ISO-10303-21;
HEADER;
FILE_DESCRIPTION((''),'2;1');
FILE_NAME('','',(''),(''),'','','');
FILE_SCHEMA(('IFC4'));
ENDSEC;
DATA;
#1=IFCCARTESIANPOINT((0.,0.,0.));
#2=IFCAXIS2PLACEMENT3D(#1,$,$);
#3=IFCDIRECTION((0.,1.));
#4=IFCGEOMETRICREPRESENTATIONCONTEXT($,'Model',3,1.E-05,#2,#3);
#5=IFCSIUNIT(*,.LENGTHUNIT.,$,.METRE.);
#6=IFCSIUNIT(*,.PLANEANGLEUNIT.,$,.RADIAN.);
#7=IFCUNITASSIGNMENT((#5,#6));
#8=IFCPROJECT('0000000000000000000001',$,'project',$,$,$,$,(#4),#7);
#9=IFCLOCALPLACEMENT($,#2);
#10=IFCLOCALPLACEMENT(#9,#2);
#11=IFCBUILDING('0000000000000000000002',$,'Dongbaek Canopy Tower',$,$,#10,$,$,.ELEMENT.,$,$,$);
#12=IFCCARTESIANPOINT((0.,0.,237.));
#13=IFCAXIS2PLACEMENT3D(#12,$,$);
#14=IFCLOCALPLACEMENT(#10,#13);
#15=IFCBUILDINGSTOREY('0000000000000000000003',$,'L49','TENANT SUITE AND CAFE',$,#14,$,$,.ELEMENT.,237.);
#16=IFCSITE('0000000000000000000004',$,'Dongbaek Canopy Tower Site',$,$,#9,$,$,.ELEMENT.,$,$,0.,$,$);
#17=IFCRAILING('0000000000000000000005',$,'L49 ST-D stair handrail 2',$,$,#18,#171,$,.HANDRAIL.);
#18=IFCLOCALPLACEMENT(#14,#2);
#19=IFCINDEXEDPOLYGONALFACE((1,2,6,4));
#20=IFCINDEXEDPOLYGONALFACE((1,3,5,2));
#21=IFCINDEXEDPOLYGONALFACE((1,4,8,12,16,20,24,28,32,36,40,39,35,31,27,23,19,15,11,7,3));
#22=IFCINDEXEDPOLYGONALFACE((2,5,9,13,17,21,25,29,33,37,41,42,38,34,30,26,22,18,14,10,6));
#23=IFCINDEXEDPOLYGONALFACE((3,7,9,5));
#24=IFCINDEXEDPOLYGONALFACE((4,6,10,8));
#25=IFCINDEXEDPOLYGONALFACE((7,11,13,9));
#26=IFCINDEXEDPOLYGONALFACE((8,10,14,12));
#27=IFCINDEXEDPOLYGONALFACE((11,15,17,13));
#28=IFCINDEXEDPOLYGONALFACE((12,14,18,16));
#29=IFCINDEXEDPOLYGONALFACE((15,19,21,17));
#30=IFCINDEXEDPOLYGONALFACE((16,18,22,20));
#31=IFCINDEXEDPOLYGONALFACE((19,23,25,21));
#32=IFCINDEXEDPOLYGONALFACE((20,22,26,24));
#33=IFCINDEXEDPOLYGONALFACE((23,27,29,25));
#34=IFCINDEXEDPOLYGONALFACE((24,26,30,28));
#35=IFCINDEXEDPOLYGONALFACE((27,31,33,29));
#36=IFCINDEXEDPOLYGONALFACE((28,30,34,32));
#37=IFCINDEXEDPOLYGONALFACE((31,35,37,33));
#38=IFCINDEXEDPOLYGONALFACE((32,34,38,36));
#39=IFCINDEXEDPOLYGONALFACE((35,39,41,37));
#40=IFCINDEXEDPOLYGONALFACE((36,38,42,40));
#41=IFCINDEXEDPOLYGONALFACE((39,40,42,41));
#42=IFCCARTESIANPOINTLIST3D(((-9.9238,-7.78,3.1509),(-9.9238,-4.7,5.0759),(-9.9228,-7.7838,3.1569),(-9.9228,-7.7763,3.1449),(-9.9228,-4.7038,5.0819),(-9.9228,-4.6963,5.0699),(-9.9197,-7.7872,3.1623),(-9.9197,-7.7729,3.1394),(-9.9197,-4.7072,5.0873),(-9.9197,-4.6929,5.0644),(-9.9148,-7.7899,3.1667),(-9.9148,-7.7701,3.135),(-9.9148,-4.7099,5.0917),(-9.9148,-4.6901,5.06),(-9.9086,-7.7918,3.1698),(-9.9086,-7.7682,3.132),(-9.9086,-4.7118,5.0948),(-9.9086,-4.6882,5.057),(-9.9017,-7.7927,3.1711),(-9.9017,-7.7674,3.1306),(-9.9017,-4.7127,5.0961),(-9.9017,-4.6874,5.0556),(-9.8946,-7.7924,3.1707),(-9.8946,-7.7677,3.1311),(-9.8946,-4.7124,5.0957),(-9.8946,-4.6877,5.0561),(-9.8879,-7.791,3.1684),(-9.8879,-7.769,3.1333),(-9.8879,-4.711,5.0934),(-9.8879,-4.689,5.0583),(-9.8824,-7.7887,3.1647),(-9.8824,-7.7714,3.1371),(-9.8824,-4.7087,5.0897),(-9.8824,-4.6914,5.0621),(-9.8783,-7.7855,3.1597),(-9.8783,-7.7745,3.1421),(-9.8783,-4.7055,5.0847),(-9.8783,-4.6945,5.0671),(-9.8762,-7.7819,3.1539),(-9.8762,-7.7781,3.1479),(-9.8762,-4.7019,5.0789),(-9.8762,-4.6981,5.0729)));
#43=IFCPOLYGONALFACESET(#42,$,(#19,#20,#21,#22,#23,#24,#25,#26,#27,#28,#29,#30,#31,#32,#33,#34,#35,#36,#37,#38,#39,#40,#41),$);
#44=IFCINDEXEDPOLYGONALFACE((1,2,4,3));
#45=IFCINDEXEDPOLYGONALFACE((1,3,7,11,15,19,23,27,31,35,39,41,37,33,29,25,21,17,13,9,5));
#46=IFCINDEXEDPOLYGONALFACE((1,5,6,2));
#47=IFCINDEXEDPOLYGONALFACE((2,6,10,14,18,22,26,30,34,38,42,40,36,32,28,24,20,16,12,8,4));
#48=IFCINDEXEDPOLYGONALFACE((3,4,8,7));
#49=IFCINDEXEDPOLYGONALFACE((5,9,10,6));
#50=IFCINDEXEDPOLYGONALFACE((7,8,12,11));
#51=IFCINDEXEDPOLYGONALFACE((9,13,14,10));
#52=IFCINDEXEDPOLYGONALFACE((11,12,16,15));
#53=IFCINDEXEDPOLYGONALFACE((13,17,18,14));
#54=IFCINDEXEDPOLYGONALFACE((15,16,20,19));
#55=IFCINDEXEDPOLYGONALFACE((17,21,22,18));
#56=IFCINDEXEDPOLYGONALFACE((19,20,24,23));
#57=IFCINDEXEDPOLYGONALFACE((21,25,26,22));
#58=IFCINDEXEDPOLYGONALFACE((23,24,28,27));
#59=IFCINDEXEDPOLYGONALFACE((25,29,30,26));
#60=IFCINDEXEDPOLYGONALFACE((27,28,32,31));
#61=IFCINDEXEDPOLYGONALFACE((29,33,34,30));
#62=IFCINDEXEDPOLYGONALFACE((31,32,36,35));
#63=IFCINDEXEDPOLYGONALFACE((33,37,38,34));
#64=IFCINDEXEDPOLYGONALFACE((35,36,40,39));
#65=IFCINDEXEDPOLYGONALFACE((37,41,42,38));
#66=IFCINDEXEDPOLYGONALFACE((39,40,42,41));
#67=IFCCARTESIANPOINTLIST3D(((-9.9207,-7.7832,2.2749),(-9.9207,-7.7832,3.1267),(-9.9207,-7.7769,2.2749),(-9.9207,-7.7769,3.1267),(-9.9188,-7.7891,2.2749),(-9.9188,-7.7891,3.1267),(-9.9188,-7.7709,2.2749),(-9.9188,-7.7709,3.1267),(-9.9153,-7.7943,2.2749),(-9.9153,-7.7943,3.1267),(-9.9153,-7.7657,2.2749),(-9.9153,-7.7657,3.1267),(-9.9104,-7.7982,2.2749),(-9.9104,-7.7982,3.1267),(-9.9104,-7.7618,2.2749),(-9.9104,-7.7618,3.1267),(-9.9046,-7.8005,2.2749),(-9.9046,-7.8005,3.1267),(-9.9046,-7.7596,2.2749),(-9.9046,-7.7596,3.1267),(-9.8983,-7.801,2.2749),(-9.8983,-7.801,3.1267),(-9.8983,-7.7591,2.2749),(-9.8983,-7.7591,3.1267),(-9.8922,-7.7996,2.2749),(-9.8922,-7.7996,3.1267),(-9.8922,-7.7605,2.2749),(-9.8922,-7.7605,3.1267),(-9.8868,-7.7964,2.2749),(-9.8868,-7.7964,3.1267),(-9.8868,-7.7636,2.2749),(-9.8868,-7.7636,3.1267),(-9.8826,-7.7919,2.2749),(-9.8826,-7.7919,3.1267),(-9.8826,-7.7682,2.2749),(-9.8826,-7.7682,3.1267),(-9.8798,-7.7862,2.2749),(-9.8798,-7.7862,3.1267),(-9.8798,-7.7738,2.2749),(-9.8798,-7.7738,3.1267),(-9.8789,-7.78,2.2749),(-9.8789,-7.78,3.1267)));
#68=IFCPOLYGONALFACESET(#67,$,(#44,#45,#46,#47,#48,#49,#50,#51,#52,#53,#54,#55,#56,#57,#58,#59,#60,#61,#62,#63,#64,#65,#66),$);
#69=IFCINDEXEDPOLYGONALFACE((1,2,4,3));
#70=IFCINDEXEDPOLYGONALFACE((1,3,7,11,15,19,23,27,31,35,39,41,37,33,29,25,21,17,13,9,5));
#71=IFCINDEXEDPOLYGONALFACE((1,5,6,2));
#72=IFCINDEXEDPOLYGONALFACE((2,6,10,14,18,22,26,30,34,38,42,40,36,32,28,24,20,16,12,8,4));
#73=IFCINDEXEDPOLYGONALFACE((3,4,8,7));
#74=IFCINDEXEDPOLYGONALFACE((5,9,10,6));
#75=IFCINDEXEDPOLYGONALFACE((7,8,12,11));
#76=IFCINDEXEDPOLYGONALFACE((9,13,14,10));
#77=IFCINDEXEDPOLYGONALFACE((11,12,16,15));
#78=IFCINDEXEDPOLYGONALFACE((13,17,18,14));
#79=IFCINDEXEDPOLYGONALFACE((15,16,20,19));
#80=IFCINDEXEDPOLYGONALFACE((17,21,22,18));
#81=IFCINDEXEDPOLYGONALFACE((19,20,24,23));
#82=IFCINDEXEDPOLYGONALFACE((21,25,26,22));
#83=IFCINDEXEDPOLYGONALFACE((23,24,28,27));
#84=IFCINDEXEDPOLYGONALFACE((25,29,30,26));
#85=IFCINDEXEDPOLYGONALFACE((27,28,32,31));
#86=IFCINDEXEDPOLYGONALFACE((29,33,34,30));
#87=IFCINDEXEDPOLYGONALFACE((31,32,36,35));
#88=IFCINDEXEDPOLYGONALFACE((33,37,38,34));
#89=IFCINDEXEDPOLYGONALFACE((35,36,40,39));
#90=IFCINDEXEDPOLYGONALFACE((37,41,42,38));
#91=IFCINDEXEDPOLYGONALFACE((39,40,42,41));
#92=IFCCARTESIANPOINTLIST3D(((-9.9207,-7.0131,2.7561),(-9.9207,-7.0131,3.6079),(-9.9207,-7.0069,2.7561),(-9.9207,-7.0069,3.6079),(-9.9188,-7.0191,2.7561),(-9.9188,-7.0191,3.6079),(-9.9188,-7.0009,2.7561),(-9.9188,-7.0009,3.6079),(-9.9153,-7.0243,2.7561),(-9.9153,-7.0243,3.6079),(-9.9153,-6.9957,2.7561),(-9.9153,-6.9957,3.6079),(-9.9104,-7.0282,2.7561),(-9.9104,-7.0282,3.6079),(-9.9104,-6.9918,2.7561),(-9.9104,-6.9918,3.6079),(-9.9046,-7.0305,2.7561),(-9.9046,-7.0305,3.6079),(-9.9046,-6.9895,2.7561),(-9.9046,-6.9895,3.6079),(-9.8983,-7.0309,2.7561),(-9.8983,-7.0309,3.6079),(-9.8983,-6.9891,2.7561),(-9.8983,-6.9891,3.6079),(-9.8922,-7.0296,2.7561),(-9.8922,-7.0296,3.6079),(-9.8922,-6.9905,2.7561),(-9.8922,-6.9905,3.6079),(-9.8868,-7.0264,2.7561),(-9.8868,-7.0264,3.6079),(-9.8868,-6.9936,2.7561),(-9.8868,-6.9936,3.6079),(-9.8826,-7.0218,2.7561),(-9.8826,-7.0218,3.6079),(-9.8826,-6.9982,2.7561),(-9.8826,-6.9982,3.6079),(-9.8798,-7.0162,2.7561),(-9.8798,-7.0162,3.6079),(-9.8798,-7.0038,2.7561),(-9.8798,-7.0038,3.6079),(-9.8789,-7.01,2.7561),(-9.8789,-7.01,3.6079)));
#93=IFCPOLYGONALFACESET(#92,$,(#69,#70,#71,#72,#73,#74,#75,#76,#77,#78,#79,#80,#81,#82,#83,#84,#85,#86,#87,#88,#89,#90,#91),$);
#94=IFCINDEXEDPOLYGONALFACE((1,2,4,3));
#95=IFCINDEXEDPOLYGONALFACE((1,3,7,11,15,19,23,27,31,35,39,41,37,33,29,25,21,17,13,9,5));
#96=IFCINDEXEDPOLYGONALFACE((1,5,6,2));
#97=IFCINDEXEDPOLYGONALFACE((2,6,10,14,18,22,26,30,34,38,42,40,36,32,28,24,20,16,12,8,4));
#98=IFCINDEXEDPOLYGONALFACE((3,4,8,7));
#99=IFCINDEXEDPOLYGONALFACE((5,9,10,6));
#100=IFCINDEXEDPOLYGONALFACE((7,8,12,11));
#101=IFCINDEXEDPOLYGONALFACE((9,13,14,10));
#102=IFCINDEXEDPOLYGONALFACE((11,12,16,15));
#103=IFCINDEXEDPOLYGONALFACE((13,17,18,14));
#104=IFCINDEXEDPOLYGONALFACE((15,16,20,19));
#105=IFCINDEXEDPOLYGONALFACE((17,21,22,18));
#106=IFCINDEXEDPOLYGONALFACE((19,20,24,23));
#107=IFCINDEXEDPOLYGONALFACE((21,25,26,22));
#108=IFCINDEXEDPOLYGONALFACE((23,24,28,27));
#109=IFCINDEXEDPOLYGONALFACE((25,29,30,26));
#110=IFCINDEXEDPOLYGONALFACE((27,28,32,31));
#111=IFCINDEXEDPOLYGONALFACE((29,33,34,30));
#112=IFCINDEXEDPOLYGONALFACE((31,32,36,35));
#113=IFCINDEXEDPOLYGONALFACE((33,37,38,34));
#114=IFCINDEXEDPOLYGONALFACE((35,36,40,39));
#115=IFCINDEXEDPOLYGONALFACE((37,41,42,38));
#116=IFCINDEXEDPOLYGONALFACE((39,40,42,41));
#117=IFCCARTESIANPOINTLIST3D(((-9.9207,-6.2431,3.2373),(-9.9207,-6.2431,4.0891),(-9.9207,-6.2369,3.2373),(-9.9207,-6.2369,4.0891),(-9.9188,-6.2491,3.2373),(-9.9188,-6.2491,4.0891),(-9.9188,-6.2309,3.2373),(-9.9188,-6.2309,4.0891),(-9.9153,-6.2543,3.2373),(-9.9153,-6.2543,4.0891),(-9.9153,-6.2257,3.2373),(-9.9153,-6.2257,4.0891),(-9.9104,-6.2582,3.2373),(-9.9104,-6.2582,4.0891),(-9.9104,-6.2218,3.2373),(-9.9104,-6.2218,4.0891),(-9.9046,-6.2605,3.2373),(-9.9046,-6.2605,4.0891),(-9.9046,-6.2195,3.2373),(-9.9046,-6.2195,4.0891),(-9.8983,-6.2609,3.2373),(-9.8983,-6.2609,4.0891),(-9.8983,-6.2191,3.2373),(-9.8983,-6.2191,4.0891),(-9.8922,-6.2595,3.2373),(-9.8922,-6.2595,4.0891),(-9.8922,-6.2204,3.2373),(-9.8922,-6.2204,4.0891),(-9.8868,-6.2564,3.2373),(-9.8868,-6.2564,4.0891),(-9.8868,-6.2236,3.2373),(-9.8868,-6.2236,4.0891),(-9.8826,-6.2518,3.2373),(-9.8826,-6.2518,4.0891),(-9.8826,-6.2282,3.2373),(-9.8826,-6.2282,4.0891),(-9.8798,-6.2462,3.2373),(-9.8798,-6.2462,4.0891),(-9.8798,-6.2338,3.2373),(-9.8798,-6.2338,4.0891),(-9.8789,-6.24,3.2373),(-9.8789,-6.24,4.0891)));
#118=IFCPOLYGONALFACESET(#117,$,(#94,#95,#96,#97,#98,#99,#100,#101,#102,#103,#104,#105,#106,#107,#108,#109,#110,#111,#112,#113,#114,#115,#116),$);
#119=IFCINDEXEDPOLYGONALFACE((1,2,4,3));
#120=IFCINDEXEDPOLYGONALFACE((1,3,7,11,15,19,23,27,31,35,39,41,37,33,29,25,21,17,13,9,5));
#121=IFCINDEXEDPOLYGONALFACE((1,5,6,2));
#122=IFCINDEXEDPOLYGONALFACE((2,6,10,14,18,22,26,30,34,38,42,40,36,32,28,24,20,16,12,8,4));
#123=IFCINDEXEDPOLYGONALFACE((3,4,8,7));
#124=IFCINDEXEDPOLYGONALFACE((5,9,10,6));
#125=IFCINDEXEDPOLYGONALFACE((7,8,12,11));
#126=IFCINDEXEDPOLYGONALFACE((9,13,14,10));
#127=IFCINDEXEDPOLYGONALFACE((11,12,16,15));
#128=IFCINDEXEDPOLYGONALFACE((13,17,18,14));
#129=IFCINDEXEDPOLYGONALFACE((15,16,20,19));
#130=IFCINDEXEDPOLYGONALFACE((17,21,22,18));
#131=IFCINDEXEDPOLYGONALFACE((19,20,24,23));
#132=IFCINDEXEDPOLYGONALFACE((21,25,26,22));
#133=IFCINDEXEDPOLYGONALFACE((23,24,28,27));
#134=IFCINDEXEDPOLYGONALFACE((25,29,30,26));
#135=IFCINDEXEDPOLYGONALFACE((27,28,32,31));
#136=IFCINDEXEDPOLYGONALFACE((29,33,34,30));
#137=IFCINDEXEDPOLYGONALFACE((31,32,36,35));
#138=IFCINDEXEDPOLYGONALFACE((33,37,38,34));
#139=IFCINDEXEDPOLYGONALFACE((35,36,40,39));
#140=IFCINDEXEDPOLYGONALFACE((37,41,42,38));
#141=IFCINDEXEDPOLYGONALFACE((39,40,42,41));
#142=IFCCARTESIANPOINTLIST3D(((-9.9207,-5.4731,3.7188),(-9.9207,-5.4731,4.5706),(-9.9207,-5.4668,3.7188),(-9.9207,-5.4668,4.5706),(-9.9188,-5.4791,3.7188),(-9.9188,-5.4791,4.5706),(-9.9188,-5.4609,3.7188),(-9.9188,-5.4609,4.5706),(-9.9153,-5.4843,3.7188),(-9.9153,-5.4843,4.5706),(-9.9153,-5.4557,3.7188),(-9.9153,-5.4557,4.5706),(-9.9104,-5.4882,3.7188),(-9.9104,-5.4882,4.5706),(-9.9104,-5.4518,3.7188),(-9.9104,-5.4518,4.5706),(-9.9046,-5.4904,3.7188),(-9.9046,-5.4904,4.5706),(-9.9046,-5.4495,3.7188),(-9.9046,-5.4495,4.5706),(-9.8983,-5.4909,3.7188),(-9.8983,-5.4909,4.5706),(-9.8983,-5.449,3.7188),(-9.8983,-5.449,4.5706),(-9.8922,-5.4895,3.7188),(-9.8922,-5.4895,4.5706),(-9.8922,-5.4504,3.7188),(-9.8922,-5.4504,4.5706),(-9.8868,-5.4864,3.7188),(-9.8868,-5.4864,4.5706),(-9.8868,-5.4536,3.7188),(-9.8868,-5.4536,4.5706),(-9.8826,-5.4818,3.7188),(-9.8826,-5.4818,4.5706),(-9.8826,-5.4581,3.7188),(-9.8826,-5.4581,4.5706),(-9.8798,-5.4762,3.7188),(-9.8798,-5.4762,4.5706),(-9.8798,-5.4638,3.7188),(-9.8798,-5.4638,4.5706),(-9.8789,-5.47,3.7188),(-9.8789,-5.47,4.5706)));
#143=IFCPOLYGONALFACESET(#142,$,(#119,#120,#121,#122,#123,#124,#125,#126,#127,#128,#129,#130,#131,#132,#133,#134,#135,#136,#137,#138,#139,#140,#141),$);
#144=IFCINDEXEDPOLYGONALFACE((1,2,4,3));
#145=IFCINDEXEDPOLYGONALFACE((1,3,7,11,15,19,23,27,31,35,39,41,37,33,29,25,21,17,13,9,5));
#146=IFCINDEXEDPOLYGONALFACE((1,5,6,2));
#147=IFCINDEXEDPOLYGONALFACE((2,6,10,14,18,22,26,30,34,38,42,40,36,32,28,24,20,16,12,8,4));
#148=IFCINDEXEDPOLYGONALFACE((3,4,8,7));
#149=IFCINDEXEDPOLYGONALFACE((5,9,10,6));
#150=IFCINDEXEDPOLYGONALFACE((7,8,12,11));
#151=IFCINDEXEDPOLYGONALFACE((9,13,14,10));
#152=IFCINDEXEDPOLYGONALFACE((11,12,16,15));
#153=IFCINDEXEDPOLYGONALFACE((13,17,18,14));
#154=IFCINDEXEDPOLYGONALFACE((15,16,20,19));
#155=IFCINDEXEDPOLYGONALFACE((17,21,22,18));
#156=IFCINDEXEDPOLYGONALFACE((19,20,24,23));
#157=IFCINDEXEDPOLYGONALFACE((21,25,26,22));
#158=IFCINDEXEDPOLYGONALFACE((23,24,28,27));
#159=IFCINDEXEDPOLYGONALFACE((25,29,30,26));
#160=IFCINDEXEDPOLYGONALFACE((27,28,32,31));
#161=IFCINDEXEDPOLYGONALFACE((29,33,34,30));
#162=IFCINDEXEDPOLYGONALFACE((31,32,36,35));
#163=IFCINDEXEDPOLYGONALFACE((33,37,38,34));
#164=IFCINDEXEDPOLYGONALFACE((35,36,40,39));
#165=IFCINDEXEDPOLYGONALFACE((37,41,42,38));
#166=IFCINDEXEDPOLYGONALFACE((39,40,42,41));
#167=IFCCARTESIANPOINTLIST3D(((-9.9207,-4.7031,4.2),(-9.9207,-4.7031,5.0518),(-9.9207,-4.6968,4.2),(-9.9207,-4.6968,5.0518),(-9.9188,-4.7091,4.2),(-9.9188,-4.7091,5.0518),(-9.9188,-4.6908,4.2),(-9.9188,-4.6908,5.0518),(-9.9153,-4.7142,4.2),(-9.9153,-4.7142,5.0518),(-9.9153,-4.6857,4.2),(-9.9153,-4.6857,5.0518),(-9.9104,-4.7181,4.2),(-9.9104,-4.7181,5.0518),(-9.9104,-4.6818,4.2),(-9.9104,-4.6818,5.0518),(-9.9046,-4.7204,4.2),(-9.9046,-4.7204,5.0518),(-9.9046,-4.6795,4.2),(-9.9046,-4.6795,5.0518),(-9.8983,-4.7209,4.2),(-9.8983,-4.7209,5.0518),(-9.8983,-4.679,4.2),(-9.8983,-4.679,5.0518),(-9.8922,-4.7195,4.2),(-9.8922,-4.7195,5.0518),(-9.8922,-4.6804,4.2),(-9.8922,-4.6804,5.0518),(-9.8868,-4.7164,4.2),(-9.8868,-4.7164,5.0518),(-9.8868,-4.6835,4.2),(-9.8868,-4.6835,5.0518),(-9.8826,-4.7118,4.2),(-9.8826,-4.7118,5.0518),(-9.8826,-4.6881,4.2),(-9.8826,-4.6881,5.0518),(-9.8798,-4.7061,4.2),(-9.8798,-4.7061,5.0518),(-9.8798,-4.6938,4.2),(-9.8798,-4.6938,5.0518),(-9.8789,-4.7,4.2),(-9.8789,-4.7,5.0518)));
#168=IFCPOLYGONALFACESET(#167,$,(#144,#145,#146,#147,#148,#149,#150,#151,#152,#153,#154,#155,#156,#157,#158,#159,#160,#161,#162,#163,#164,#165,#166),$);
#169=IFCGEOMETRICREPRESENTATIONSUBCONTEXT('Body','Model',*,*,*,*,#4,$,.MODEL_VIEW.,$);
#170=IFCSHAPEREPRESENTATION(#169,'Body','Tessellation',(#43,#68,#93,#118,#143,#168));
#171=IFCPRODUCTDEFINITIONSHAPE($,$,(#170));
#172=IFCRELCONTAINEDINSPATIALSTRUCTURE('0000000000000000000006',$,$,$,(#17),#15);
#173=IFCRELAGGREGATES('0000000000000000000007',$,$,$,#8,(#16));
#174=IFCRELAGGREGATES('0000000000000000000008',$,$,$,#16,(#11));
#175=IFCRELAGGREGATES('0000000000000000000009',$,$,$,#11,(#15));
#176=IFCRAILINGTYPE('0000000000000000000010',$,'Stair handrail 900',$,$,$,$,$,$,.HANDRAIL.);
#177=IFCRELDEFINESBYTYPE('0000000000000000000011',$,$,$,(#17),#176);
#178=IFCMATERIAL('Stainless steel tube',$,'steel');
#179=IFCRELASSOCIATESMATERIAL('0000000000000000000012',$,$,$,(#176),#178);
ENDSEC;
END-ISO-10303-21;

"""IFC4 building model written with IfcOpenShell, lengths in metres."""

from ifc_helpers import new_model, si_unit, direction, frame, origin, origin_2d, place, context, subcontext, project, spatial, circle, extrude, material, type_object, element, save


model = new_model("IFC4")

# Units and contexts
model_context = context("Model", 3, precision=1e-05, world=origin(), true_north=direction((0.0, 1.0)))
body_context = subcontext(model_context, "Body", "Model", "MODEL_VIEW")
ifc_project = project(units=[si_unit("LENGTHUNIT", "METRE"), si_unit("PLANEANGLEUNIT", "RADIAN")], contexts=[model_context])

# Site, building, storey
site_placement = place(None, origin())
site = spatial("IfcSite", under=ifc_project, at=site_placement, Name="Dongbaek Canopy Tower Site", CompositionType="ELEMENT", RefElevation=0.0)
building_placement = place(site_placement, origin())
building = spatial("IfcBuilding", under=site, at=building_placement, Name="Dongbaek Canopy Tower", CompositionType="ELEMENT")
storey_placement = place(building_placement, frame((0.0, 0.0, 237.0)))
storey = spatial("IfcBuildingStorey", under=building, at=storey_placement, Name="L49", Description="TENANT SUITE AND CAFE", CompositionType="ELEMENT", Elevation=237.0)

# Railing
ifc_material_1 = material(Name="Stainless steel tube", Category="steel")
railing_type_1 = type_object("IfcRailingType", Name="Stair handrail 900", PredefinedType="HANDRAIL", material=ifc_material_1)
railing_1_placement = place(storey_placement, frame((-9.8999, -7.78, 2.2749)))
element("IfcRailing", 1, at=railing_1_placement, inside=storey, type_object=railing_type_1, Name="L49 ST-D stair handrail 2", PredefinedType="HANDRAIL", context=body_context, shape_type="SweptSolid", body=[
    extrude(circle(Radius=0.0239, at=origin_2d()), frame((0.0, 0.0, 0.876), z_axis=(0.0, 0.847998, 0.529999), x_axis=(-1.0, 0.0, 0.0)), (0.0, 0.0, 1.0), 3.6321),
    extrude(circle(Radius=0.021, at=origin_2d()), origin(), (0.0, 0.0, 1.0), 0.8518),
    extrude(circle(Radius=0.021, at=origin_2d()), frame((0.0, 0.77, 0.4812)), (0.0, 0.0, 1.0), 0.8518),
    extrude(circle(Radius=0.021, at=origin_2d()), frame((0.0, 1.54, 0.9624)), (0.0, 0.0, 1.0), 0.8518),
    extrude(circle(Radius=0.021, at=origin_2d()), frame((0.0, 2.3101, 1.4438)), (0.0, 0.0, 1.0), 0.8518),
    extrude(circle(Radius=0.021, at=origin_2d()), frame((0.0, 3.0801, 1.925)), (0.0, 0.0, 1.0), 0.8518),
])

save(model, "model.ifc")
